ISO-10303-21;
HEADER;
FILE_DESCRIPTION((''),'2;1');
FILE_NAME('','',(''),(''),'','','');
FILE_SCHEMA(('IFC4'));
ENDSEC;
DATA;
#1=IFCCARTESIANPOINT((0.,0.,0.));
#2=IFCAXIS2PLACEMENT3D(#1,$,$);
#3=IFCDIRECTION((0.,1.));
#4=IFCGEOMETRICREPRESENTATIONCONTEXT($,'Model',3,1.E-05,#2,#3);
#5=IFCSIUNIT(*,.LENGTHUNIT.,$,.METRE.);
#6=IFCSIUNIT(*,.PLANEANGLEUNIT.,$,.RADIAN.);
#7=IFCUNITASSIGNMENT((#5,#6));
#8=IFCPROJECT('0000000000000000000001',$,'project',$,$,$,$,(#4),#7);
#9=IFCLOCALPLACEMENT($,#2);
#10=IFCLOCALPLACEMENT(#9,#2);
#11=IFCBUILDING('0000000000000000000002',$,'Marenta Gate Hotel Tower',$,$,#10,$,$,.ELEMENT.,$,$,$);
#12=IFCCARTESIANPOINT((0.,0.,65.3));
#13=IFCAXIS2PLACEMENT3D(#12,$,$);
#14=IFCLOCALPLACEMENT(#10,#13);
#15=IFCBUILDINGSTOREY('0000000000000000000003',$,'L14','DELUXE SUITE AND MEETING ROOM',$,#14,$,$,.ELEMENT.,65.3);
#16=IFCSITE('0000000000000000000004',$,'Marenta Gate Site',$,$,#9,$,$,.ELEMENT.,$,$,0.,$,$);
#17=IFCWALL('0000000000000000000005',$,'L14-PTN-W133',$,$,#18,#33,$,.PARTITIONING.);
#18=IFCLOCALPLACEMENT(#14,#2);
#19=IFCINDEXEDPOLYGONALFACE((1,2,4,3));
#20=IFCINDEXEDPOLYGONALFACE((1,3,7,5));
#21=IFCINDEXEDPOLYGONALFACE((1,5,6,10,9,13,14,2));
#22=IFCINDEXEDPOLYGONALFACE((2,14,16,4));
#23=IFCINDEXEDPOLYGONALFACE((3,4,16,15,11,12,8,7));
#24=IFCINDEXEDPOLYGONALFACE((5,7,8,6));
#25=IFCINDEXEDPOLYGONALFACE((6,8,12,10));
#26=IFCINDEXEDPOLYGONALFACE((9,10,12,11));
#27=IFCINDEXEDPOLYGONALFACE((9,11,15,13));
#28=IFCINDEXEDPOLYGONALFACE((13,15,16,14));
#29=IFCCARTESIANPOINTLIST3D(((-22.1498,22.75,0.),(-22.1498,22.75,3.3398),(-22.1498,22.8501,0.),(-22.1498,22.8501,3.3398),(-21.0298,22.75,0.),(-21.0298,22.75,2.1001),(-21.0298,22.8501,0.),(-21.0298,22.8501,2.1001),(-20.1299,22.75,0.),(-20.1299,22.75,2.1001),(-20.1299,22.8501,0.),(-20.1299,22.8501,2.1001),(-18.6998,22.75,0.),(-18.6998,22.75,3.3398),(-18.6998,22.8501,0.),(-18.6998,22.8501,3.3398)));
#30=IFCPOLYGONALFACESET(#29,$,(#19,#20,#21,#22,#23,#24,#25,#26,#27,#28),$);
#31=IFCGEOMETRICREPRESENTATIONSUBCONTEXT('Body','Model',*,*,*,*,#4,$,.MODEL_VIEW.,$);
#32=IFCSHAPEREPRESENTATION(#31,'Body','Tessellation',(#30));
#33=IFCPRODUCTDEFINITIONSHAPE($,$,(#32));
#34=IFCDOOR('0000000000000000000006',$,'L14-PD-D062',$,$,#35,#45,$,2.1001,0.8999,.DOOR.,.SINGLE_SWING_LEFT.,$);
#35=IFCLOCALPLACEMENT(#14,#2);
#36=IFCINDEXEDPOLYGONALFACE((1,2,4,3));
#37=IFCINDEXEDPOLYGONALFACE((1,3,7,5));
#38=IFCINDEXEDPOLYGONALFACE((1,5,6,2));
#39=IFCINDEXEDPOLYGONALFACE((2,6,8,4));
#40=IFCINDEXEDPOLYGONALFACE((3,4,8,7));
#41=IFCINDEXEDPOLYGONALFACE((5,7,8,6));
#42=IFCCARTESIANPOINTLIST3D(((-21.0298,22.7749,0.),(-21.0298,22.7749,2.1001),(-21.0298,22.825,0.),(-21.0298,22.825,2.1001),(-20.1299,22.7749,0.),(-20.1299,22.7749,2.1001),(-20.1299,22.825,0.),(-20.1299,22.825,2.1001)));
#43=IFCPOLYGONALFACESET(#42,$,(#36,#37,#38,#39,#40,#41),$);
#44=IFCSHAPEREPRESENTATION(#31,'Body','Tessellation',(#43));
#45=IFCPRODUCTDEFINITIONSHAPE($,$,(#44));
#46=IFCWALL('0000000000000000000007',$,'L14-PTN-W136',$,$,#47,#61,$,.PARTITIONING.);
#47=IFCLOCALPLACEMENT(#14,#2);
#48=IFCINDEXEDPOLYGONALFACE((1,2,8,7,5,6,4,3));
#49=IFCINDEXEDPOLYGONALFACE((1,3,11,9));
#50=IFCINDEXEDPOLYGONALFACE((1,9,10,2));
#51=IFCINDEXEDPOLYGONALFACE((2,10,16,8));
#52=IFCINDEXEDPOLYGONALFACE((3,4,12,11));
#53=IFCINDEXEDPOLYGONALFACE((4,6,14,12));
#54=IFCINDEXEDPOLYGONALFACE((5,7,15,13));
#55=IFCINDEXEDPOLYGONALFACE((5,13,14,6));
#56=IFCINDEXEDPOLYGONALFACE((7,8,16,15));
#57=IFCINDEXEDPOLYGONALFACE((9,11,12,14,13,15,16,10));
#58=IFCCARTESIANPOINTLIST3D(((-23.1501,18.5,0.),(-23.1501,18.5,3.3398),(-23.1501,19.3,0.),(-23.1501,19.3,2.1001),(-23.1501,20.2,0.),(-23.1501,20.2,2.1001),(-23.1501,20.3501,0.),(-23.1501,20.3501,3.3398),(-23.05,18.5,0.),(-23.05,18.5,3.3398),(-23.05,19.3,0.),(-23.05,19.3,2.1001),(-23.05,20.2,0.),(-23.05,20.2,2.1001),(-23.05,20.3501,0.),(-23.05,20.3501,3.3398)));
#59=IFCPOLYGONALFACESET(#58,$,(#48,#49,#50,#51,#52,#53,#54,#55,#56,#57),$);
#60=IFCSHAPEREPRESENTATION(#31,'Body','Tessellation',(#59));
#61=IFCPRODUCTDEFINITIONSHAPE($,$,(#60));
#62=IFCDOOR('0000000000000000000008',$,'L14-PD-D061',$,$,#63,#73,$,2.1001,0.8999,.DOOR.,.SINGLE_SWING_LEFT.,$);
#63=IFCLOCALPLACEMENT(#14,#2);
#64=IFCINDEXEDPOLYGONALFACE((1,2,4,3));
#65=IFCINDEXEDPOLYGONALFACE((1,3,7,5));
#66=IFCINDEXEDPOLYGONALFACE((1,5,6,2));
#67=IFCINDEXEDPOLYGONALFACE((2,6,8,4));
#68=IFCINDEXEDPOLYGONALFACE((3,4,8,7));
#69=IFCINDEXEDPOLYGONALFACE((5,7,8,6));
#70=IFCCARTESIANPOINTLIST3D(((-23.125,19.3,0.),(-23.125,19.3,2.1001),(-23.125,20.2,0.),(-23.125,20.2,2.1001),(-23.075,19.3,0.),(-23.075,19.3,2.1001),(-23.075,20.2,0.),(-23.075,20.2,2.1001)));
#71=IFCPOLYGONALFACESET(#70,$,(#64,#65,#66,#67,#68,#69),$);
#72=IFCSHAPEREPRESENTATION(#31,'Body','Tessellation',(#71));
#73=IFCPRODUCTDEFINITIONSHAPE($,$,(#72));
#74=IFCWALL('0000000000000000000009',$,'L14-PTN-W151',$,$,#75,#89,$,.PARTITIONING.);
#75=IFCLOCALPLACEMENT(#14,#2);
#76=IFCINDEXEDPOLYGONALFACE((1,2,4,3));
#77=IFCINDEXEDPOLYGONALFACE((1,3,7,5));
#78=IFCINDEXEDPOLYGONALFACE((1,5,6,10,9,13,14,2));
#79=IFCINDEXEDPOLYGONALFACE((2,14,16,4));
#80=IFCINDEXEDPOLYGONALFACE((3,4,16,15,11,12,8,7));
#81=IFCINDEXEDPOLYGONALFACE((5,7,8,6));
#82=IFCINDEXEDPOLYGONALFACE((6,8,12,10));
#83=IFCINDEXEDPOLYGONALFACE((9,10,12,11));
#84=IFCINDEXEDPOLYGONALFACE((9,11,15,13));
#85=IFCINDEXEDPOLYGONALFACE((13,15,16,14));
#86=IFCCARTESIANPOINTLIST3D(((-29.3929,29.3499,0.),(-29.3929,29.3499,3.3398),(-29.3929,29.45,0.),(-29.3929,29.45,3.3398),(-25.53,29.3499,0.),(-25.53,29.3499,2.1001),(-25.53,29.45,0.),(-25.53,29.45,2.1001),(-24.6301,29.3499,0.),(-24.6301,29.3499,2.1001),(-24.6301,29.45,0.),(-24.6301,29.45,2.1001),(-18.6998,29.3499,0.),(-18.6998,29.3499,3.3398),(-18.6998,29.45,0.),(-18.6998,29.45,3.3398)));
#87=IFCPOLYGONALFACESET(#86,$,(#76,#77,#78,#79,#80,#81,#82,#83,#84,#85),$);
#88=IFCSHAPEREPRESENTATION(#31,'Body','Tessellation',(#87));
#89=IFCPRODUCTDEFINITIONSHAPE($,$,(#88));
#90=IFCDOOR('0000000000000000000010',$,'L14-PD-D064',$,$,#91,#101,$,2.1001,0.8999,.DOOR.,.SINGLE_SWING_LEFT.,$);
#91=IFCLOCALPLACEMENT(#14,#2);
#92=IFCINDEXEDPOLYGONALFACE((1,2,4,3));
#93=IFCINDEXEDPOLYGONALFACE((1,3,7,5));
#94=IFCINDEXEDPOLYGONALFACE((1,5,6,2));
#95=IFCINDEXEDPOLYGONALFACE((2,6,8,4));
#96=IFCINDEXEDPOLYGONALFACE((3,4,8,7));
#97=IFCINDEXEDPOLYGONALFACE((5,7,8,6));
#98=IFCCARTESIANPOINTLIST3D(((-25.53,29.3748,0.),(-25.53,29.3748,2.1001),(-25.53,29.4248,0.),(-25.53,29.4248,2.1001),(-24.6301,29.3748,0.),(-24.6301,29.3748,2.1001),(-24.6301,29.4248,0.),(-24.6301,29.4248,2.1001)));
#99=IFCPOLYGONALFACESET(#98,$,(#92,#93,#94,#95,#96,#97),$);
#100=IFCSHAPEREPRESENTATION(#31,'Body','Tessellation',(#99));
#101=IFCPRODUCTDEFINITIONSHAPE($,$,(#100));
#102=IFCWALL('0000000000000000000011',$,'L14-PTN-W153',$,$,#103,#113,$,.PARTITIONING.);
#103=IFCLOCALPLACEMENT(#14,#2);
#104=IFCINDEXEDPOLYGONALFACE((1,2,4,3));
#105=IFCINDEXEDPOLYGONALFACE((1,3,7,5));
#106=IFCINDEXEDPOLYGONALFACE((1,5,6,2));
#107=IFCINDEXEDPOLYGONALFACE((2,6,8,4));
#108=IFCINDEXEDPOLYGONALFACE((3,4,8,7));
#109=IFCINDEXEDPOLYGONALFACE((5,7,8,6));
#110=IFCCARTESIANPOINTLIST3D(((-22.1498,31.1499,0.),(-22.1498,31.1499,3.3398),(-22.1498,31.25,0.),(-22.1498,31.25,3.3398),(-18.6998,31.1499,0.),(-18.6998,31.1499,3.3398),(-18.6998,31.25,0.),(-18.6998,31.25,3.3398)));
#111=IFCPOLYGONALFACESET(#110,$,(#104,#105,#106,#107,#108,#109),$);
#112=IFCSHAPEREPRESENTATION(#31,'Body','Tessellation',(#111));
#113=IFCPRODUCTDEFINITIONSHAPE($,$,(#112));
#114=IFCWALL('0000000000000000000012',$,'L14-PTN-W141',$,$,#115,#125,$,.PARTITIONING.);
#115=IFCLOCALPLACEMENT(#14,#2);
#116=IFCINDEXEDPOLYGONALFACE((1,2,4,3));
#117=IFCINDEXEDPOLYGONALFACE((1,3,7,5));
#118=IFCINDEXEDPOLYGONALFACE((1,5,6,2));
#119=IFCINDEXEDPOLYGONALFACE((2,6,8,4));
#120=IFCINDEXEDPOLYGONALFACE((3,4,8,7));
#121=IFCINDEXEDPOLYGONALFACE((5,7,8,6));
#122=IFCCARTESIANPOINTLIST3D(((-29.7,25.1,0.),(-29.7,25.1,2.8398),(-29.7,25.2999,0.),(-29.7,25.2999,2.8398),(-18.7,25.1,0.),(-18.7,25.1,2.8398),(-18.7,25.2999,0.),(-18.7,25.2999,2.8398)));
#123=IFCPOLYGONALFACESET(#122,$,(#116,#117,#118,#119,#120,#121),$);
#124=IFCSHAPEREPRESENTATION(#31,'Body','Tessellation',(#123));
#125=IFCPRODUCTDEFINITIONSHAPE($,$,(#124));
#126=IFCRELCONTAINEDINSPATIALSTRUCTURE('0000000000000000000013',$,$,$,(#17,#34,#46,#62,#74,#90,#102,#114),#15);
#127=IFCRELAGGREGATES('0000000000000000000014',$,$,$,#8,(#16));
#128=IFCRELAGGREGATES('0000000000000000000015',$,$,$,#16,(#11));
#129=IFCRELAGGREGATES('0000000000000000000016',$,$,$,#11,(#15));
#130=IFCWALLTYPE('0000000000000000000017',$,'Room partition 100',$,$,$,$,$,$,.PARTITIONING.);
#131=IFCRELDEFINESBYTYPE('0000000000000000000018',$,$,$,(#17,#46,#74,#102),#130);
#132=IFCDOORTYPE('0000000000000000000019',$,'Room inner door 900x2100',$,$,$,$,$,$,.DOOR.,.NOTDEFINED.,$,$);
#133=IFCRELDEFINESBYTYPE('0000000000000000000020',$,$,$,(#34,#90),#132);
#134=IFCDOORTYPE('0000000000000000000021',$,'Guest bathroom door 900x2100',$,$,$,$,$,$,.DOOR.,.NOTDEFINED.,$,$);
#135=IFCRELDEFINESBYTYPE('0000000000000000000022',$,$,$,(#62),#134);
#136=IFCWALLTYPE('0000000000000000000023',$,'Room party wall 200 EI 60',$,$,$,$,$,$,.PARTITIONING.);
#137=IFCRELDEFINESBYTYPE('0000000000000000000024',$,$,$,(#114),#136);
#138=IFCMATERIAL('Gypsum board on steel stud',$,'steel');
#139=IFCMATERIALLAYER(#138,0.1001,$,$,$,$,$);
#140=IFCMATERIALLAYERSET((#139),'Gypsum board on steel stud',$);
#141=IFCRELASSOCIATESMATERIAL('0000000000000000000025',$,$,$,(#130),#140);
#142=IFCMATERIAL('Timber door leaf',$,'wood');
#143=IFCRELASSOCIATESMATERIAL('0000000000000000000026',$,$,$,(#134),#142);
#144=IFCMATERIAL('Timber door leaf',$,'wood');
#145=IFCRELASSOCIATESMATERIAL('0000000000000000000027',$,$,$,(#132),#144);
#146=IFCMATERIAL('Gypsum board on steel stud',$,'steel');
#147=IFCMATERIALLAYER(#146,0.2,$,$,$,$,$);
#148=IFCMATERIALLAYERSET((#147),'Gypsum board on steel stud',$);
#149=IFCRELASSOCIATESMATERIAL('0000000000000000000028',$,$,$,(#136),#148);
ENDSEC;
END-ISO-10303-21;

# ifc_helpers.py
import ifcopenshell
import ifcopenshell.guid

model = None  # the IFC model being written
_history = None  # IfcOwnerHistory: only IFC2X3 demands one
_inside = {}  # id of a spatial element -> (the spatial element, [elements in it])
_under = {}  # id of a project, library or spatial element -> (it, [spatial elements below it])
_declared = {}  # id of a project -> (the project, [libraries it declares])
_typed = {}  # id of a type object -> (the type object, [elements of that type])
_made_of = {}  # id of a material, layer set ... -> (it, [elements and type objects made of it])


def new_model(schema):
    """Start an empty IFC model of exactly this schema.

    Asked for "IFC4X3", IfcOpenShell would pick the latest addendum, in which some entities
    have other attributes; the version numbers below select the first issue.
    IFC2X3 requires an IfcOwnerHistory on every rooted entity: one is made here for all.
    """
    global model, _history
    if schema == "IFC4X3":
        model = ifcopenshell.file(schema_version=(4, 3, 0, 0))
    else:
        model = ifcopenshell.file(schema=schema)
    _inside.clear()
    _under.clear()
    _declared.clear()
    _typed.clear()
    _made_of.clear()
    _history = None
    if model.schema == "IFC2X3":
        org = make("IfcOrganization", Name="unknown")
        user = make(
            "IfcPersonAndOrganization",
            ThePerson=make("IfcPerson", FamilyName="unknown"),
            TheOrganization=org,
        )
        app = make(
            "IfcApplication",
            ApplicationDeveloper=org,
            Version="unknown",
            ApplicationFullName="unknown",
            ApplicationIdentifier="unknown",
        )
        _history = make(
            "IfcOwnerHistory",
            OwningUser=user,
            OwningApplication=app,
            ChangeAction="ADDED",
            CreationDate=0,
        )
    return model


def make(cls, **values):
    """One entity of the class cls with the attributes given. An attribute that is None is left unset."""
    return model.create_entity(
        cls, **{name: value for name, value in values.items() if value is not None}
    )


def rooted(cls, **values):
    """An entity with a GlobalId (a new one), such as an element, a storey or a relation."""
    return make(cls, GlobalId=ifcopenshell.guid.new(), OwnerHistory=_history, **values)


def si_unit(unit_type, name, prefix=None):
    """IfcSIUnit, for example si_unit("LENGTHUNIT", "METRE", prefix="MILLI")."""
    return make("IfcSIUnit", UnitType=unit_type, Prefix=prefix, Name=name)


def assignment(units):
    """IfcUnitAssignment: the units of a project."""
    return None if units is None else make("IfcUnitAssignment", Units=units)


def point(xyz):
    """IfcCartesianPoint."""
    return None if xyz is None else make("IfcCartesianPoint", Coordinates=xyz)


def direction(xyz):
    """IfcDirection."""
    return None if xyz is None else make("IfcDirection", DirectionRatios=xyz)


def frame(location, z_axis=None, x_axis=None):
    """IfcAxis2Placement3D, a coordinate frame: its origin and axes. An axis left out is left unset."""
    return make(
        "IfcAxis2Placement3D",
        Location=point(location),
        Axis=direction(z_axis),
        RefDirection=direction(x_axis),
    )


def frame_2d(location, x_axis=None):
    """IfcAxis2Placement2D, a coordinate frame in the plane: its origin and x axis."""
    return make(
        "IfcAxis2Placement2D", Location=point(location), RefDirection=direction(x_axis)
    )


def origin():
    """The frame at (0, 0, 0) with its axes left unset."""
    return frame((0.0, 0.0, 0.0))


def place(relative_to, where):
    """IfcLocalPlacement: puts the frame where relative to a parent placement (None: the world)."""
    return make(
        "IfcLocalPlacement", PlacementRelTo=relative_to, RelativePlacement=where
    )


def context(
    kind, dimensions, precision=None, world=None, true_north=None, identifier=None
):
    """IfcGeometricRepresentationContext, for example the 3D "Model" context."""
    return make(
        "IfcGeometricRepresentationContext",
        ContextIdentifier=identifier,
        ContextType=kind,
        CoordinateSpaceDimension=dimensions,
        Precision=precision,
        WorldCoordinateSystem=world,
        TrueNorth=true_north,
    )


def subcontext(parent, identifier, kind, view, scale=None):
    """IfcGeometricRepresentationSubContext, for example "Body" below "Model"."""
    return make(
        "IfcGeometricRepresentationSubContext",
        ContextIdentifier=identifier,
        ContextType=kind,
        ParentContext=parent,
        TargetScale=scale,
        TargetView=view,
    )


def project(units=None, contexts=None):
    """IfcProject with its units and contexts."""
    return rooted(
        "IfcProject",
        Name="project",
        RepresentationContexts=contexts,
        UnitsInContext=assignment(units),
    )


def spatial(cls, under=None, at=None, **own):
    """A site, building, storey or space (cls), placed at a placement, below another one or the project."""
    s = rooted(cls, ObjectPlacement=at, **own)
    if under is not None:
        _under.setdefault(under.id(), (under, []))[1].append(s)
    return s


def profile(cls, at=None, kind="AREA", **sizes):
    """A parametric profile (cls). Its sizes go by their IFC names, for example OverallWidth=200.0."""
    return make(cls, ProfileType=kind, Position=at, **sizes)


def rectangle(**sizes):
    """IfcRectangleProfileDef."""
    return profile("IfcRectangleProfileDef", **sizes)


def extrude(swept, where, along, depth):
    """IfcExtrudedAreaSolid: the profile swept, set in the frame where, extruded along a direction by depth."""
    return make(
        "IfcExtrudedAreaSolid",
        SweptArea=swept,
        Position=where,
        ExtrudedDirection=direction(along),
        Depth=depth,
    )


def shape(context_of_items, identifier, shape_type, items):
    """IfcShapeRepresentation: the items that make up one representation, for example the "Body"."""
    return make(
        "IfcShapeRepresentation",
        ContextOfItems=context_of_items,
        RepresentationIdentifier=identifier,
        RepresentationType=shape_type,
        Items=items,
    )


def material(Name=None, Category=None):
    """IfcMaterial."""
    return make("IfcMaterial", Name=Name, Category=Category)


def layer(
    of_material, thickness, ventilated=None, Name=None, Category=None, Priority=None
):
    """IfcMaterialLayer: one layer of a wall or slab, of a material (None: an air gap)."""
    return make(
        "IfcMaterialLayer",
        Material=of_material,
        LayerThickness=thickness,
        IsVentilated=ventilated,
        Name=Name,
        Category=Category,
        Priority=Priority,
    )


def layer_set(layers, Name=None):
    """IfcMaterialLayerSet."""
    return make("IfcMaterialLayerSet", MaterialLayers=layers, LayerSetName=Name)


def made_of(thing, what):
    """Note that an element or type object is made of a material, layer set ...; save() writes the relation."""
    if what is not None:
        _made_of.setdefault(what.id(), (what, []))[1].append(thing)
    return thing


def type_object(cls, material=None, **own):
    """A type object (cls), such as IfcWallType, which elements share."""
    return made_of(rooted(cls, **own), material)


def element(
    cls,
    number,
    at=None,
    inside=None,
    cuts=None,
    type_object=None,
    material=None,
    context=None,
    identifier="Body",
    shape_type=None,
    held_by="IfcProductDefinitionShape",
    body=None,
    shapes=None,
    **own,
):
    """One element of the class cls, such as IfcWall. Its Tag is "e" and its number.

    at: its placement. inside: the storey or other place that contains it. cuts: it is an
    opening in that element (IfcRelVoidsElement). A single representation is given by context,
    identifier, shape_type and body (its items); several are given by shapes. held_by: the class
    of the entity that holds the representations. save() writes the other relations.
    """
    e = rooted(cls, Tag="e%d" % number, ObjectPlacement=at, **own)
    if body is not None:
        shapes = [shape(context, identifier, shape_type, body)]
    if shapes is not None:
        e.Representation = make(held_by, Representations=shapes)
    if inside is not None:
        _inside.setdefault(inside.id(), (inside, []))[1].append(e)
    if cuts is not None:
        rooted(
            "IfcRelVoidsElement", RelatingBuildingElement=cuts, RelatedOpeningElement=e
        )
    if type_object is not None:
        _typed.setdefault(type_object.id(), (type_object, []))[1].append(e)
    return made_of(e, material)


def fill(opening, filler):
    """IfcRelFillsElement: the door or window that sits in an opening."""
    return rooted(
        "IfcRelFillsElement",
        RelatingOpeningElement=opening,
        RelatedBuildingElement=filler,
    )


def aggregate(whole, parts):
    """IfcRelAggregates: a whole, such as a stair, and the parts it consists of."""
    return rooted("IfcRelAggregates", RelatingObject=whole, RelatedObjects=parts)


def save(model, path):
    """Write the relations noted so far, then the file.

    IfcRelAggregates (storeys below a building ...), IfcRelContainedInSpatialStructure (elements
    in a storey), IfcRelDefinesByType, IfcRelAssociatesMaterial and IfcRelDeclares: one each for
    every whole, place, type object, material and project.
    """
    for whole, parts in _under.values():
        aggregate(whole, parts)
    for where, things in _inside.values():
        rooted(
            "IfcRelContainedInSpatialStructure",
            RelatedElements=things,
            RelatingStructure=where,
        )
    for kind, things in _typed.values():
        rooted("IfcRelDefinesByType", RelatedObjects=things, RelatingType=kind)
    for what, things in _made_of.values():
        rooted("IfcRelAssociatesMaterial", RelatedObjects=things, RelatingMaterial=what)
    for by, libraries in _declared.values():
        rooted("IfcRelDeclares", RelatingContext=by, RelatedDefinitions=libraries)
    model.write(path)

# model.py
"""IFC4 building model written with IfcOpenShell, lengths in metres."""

from ifc_helpers import new_model, si_unit, direction, frame, frame_2d, origin, place, context, subcontext, project, spatial, rectangle, extrude, material, layer, layer_set, type_object, element, fill, save


model = new_model("IFC4")

# Units and contexts
model_context = context("Model", 3, precision=1e-05, world=origin(), true_north=direction((0.0, 1.0)))
body_context = subcontext(model_context, "Body", "Model", "MODEL_VIEW")
ifc_project = project(units=[si_unit("LENGTHUNIT", "METRE"), si_unit("PLANEANGLEUNIT", "RADIAN")], contexts=[model_context])

# Site, building, storey
site_placement = place(None, origin())
site = spatial("IfcSite", under=ifc_project, at=site_placement, Name="Marenta Gate Site", CompositionType="ELEMENT", RefElevation=0.0)
building_placement = place(site_placement, origin())
building = spatial("IfcBuilding", under=site, at=building_placement, Name="Marenta Gate Hotel Tower", CompositionType="ELEMENT")
storey_placement = place(building_placement, frame((0.0, 0.0, 65.3)))
storey = spatial("IfcBuildingStorey", under=building, at=storey_placement, Name="L14", Description="DELUXE SUITE AND MEETING ROOM", CompositionType="ELEMENT", Elevation=65.3)

# Shared definitions
ifc_material_1 = material(Name="Gypsum board on steel stud", Category="steel")
ifc_layer_1 = layer(ifc_material_1, 0.1001)
ifc_layer_set_1 = layer_set([ifc_layer_1], Name="Gypsum board on steel stud")
wall_type_1 = type_object("IfcWallType", Name="Room partition 100", PredefinedType="PARTITIONING", material=ifc_layer_set_1)

# Walls, openings, doors
ifc_material_2 = material(Name="Timber door leaf", Category="wood")
door_type_1 = type_object("IfcDoorType", Name="Guest bathroom door 900x2100", OperationType="NOTDEFINED", PredefinedType="DOOR", material=ifc_material_2)
wall_1_placement = place(storey_placement, frame((-22.1499, 22.8, 0.0), z_axis=(0.0, 0.0, 1.0), x_axis=(1.0, 0.0, 0.0)))
wall_1 = element("IfcWall", 1, at=wall_1_placement, inside=storey, type_object=wall_type_1, Name="L14-PTN-W133", PredefinedType="PARTITIONING", context=body_context, shape_type="SweptSolid", body=[
    extrude(rectangle(XDim=3.45, YDim=0.1001, at=frame_2d((1.7251, 0.0))), origin(), (0.0, 0.0, 1.0), 3.3398),
])
opening_1_placement = place(wall_1_placement, frame((1.1201, 0.0, 0.0)))
opening_1 = element("IfcOpeningElement", 2, at=opening_1_placement, cuts=wall_1, PredefinedType="OPENING", context=body_context, shape_type="SweptSolid", body=[
    extrude(rectangle(XDim=0.8999, YDim=2.1001, at=frame_2d((0.45, 1.05))), frame((0.0, 0.05, 0.0), z_axis=(0.0, -1.0, 0.0), x_axis=(1.0, 0.0, 0.0)), (0.0, 0.0, 1.0), 0.1001),
])
ifc_material_3 = material(Name="Timber door leaf", Category="wood")
door_type_2 = type_object("IfcDoorType", Name="Room inner door 900x2100", OperationType="NOTDEFINED", PredefinedType="DOOR", material=ifc_material_3)
door_1_placement = place(opening_1_placement, origin())
door_1 = element("IfcDoor", 3, at=door_1_placement, inside=storey, type_object=door_type_2, Name="L14-PD-D062", OperationType="SINGLE_SWING_LEFT", OverallHeight=2.1001, OverallWidth=0.8999, PredefinedType="DOOR", context=body_context, shape_type="SweptSolid", body=[
    extrude(rectangle(XDim=0.8999, YDim=2.1001, at=frame_2d((0.45, 1.05))), frame((0.0, 0.0249, 0.0), z_axis=(0.0, -1.0, 0.0), x_axis=(1.0, 0.0, 0.0)), (0.0, 0.0, 1.0), 0.05),
])
fill(opening_1, door_1)
wall_2_placement = place(storey_placement, frame((-23.1001, 18.5, 0.0), z_axis=(0.0, 0.0, 1.0), x_axis=(0.0, 1.0, 0.0)))
wall_2 = element("IfcWall", 4, at=wall_2_placement, inside=storey, type_object=wall_type_1, Name="L14-PTN-W136", PredefinedType="PARTITIONING", context=body_context, shape_type="SweptSolid", body=[
    extrude(rectangle(XDim=1.8501, YDim=0.1001, at=frame_2d((0.925, 0.0))), origin(), (0.0, 0.0, 1.0), 3.3398),
])
opening_2_placement = place(wall_2_placement, frame((0.8, 0.0, 0.0)))
opening_2 = element("IfcOpeningElement", 5, at=opening_2_placement, cuts=wall_2, PredefinedType="OPENING", context=body_context, shape_type="SweptSolid", body=[
    extrude(rectangle(XDim=0.8999, YDim=2.1001, at=frame_2d((0.45, 1.05))), frame((0.0, 0.05, 0.0), z_axis=(0.0, -1.0, 0.0), x_axis=(1.0, 0.0, 0.0)), (0.0, 0.0, 1.0), 0.1001),
])
door_2_placement = place(opening_2_placement, origin())
door_2 = element("IfcDoor", 6, at=door_2_placement, inside=storey, type_object=door_type_1, Name="L14-PD-D061", OperationType="SINGLE_SWING_LEFT", OverallHeight=2.1001, OverallWidth=0.8999, PredefinedType="DOOR", context=body_context, shape_type="SweptSolid", body=[
    extrude(rectangle(XDim=0.8999, YDim=2.1001, at=frame_2d((0.45, 1.05))), frame((0.0, 0.0249, 0.0), z_axis=(0.0, -1.0, 0.0), x_axis=(1.0, 0.0, 0.0)), (0.0, 0.0, 1.0), 0.05),
])
fill(opening_2, door_2)
wall_3_placement = place(storey_placement, frame((-29.3931, 29.3999, 0.0), z_axis=(0.0, 0.0, 1.0), x_axis=(1.0, 0.0, 0.0)))
wall_3 = element("IfcWall", 7, at=wall_3_placement, inside=storey, type_object=wall_type_1, Name="L14-PTN-W151", PredefinedType="PARTITIONING", context=body_context, shape_type="SweptSolid", body=[
    extrude(rectangle(XDim=10.6931, YDim=0.1001, at=frame_2d((5.3467, 0.0))), origin(), (0.0, 0.0, 1.0), 3.3398),
])
opening_3_placement = place(wall_3_placement, frame((3.863, 0.0, 0.0)))
opening_3 = element("IfcOpeningElement", 8, at=opening_3_placement, cuts=wall_3, PredefinedType="OPENING", context=body_context, shape_type="SweptSolid", body=[
    extrude(rectangle(XDim=0.8999, YDim=2.1001, at=frame_2d((0.45, 1.05))), frame((0.0, 0.05, 0.0), z_axis=(0.0, -1.0, 0.0), x_axis=(1.0, 0.0, 0.0)), (0.0, 0.0, 1.0), 0.1001),
])
door_3_placement = place(opening_3_placement, origin())
door_3 = element("IfcDoor", 9, at=door_3_placement, inside=storey, type_object=door_type_2, Name="L14-PD-D064", OperationType="SINGLE_SWING_LEFT", OverallHeight=2.1001, OverallWidth=0.8999, PredefinedType="DOOR", context=body_context, shape_type="SweptSolid", body=[
    extrude(rectangle(XDim=0.8999, YDim=2.1001, at=frame_2d((0.45, 1.05))), frame((0.0, 0.0249, 0.0), z_axis=(0.0, -1.0, 0.0), x_axis=(1.0, 0.0, 0.0)), (0.0, 0.0, 1.0), 0.05),
])
fill(opening_3, door_3)

# Walls
wall_4_placement = place(storey_placement, frame((-22.1499, 31.2, 0.0), z_axis=(0.0, 0.0, 1.0), x_axis=(1.0, 0.0, 0.0)))
element("IfcWall", 10, at=wall_4_placement, inside=storey, type_object=wall_type_1, Name="L14-PTN-W153", PredefinedType="PARTITIONING", context=body_context, shape_type="SweptSolid", body=[
    extrude(rectangle(XDim=3.45, YDim=0.1001, at=frame_2d((1.7251, 0.0))), origin(), (0.0, 0.0, 1.0), 3.3398),
])
ifc_material_4 = material(Name="Gypsum board on steel stud", Category="steel")
ifc_layer_2 = layer(ifc_material_4, 0.2)
ifc_layer_set_2 = layer_set([ifc_layer_2], Name="Gypsum board on steel stud")
wall_type_2 = type_object("IfcWallType", Name="Room party wall 200 EI 60", PredefinedType="PARTITIONING", material=ifc_layer_set_2)
wall_5_placement = place(storey_placement, frame((-29.7, 25.2, 0.0), z_axis=(0.0, 0.0, 1.0), x_axis=(1.0, 0.0, 0.0)))
element("IfcWall", 11, at=wall_5_placement, inside=storey, type_object=wall_type_2, Name="L14-PTN-W141", PredefinedType="PARTITIONING", context=body_context, shape_type="SweptSolid", body=[
    extrude(rectangle(XDim=11.0, YDim=0.2, at=frame_2d((5.5, 0.0))), origin(), (0.0, 0.0, 1.0), 2.8398),
])

save(model, "model.ifc")
